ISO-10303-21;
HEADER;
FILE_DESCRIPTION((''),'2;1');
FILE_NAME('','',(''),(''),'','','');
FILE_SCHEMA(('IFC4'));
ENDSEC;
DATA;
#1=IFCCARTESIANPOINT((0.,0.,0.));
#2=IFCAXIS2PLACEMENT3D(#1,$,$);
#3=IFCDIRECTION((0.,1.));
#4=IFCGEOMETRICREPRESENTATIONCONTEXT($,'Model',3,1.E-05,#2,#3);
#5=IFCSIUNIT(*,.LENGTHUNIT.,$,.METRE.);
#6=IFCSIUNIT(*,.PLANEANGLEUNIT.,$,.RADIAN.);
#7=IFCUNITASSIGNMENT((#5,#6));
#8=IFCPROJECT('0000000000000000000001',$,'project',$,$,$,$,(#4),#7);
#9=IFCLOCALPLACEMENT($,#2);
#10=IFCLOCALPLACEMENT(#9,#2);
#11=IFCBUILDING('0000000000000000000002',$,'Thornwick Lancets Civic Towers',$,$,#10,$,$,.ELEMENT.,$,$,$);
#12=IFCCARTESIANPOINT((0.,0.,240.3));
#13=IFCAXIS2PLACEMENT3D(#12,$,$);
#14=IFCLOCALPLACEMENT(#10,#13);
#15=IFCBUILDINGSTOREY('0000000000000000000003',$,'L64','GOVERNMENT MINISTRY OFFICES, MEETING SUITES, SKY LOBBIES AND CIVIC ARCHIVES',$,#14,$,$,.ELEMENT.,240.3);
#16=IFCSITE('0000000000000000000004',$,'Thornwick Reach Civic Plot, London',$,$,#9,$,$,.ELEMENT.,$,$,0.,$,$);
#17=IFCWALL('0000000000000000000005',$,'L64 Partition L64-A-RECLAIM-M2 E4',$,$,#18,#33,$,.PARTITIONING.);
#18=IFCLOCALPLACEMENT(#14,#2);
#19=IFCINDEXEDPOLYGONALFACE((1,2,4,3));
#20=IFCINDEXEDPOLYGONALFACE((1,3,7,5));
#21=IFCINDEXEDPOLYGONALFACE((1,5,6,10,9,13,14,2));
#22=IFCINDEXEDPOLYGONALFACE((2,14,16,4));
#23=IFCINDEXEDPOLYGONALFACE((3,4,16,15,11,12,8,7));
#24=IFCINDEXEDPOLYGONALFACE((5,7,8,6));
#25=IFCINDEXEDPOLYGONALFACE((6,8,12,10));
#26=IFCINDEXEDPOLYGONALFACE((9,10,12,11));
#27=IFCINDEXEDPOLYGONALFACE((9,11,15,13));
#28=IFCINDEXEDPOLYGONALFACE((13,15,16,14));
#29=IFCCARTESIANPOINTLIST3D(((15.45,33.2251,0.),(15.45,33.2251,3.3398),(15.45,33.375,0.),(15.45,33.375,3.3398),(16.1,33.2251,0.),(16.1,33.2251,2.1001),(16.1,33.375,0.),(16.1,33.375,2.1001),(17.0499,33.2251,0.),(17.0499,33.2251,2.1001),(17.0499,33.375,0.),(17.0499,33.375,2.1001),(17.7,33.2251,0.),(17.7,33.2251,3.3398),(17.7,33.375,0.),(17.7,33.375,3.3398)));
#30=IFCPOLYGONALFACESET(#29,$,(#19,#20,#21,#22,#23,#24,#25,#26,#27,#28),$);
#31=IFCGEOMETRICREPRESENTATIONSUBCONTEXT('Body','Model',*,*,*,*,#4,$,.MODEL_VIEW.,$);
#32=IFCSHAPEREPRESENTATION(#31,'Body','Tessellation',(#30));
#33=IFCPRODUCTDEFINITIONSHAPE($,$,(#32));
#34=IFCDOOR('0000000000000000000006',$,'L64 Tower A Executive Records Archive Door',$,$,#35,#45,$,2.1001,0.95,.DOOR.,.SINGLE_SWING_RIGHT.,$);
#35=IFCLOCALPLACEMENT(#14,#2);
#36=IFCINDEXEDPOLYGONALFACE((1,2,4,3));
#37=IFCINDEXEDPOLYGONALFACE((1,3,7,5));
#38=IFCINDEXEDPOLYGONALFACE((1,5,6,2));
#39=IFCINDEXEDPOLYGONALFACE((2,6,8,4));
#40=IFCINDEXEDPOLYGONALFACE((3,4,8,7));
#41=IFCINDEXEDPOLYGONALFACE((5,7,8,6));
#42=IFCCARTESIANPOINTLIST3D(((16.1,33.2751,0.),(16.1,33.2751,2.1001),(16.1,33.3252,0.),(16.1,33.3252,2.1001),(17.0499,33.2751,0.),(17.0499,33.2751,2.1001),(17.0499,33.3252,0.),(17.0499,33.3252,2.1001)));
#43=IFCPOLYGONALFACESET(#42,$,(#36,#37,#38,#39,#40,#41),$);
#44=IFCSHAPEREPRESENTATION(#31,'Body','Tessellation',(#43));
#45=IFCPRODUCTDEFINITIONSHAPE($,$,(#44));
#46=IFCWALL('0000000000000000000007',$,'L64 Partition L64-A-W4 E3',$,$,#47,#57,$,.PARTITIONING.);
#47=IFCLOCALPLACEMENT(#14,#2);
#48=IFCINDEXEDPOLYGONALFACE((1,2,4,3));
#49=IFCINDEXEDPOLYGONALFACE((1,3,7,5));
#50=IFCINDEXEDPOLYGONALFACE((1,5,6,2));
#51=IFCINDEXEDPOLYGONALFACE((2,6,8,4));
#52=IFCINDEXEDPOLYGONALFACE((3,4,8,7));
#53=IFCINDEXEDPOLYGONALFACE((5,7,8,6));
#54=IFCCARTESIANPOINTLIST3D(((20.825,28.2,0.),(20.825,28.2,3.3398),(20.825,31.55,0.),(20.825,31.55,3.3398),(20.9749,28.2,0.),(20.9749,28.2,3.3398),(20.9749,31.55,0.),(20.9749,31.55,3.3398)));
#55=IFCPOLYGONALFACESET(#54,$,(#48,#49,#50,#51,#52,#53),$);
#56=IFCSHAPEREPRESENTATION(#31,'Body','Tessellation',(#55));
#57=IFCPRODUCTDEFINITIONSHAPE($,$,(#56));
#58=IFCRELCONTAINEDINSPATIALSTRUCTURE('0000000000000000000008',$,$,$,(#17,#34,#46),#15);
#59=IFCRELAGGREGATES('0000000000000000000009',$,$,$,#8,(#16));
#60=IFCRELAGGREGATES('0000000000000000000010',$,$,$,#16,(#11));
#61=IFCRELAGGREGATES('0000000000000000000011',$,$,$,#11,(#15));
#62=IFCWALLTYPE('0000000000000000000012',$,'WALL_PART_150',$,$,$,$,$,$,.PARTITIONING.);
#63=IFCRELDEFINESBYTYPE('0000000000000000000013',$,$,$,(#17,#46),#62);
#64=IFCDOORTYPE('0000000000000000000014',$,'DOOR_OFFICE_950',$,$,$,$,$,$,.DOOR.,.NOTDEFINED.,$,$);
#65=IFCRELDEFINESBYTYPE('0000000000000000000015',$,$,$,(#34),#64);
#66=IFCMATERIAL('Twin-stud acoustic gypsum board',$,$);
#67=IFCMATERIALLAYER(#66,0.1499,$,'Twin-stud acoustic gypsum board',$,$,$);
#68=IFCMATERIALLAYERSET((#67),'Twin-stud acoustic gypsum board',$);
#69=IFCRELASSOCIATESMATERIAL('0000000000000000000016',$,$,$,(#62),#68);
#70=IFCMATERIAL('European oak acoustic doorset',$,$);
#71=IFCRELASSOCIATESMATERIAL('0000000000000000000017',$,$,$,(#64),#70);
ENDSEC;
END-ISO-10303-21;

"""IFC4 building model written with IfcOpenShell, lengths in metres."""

from ifc_helpers import new_model, si_unit, direction, frame, frame_2d, origin, place, context, subcontext, project, spatial, rectangle, extrude, material, layer, layer_set, type_object, element, fill, save


model = new_model("IFC4")

# Units and contexts
model_context = context("Model", 3, precision=1e-05, world=origin(), true_north=direction((0.0, 1.0)))
body_context = subcontext(model_context, "Body", "Model", "MODEL_VIEW")
ifc_project = project(units=[si_unit("LENGTHUNIT", "METRE"), si_unit("PLANEANGLEUNIT", "RADIAN")], contexts=[model_context])

# Site, building, storey
site_placement = place(None, origin())
site = spatial("IfcSite", under=ifc_project, at=site_placement, Name="Thornwick Reach Civic Plot, London", CompositionType="ELEMENT", RefElevation=0.0)
building_placement = place(site_placement, origin())
building = spatial("IfcBuilding", under=site, at=building_placement, Name="Thornwick Lancets Civic Towers", CompositionType="ELEMENT")
storey_placement = place(building_placement, frame((0.0, 0.0, 240.3)))
storey = spatial("IfcBuildingStorey", under=building, at=storey_placement, Name="L64", Description="GOVERNMENT MINISTRY OFFICES, MEETING SUITES, SKY LOBBIES AND CIVIC ARCHIVES", CompositionType="ELEMENT", Elevation=240.3)

# Shared definitions
ifc_material_1 = material(Name="Twin-stud acoustic gypsum board")
ifc_layer_1 = layer(ifc_material_1, 0.1499, Name="Twin-stud acoustic gypsum board")
ifc_layer_set_1 = layer_set([ifc_layer_1], Name="Twin-stud acoustic gypsum board")
wall_type_1 = type_object("IfcWallType", Name="WALL_PART_150", PredefinedType="PARTITIONING", material=ifc_layer_set_1)

# Wall, opening, door
wall_1_placement = place(storey_placement, frame((17.7, 33.3, 0.0), z_axis=(0.0, 0.0, 1.0), x_axis=(-1.0, 0.0, 0.0)))
wall_1 = element("IfcWall", 1, at=wall_1_placement, inside=storey, type_object=wall_type_1, Name="L64 Partition L64-A-RECLAIM-M2 E4", PredefinedType="PARTITIONING", context=body_context, shape_type="SweptSolid", body=[
    extrude(rectangle(XDim=2.25, YDim=0.1499, at=frame_2d((1.125, 0.0))), origin(), (0.0, 0.0, 1.0), 3.3398),
])
opening_1_placement = place(wall_1_placement, frame((0.6499, 0.0, 0.0)))
opening_1 = element("IfcOpeningElement", 2, at=opening_1_placement, cuts=wall_1, PredefinedType="OPENING", context=body_context, shape_type="SweptSolid", body=[
    extrude(rectangle(XDim=0.95, YDim=2.1001, at=frame_2d((0.4751, 1.05))), frame((0.0, 0.085, 0.0), z_axis=(0.0, -1.0, 0.0), x_axis=(1.0, 0.0, 0.0)), (0.0, 0.0, 1.0), 0.1699),
])
ifc_material_2 = material(Name="European oak acoustic doorset")
door_type_1 = type_object("IfcDoorType", Name="DOOR_OFFICE_950", OperationType="NOTDEFINED", PredefinedType="DOOR", material=ifc_material_2)
door_1_placement = place(opening_1_placement, origin())
door_1 = element("IfcDoor", 3, at=door_1_placement, inside=storey, type_object=door_type_1, Name="L64 Tower A Executive Records Archive Door", OperationType="SINGLE_SWING_RIGHT", OverallHeight=2.1001, OverallWidth=0.95, PredefinedType="DOOR", context=body_context, shape_type="SweptSolid", body=[
    extrude(rectangle(XDim=0.95, YDim=2.1001, at=frame_2d((0.4751, 1.05))), frame((0.0, 0.0249, 0.0), z_axis=(0.0, -1.0, 0.0), x_axis=(1.0, 0.0, 0.0)), (0.0, 0.0, 1.0), 0.05),
])
fill(opening_1, door_1)

# Wall
wall_2_placement = place(storey_placement, frame((20.8999, 31.55, 0.0), z_axis=(0.0, 0.0, 1.0), x_axis=(0.0, -1.0, 0.0)))
element("IfcWall", 4, at=wall_2_placement, inside=storey, type_object=wall_type_1, Name="L64 Partition L64-A-W4 E3", PredefinedType="PARTITIONING", context=body_context, shape_type="SweptSolid", body=[
    extrude(rectangle(XDim=3.3501, YDim=0.1499, at=frame_2d((1.675, 0.0))), origin(), (0.0, 0.0, 1.0), 3.3398),
])

save(model, "model.ifc")
